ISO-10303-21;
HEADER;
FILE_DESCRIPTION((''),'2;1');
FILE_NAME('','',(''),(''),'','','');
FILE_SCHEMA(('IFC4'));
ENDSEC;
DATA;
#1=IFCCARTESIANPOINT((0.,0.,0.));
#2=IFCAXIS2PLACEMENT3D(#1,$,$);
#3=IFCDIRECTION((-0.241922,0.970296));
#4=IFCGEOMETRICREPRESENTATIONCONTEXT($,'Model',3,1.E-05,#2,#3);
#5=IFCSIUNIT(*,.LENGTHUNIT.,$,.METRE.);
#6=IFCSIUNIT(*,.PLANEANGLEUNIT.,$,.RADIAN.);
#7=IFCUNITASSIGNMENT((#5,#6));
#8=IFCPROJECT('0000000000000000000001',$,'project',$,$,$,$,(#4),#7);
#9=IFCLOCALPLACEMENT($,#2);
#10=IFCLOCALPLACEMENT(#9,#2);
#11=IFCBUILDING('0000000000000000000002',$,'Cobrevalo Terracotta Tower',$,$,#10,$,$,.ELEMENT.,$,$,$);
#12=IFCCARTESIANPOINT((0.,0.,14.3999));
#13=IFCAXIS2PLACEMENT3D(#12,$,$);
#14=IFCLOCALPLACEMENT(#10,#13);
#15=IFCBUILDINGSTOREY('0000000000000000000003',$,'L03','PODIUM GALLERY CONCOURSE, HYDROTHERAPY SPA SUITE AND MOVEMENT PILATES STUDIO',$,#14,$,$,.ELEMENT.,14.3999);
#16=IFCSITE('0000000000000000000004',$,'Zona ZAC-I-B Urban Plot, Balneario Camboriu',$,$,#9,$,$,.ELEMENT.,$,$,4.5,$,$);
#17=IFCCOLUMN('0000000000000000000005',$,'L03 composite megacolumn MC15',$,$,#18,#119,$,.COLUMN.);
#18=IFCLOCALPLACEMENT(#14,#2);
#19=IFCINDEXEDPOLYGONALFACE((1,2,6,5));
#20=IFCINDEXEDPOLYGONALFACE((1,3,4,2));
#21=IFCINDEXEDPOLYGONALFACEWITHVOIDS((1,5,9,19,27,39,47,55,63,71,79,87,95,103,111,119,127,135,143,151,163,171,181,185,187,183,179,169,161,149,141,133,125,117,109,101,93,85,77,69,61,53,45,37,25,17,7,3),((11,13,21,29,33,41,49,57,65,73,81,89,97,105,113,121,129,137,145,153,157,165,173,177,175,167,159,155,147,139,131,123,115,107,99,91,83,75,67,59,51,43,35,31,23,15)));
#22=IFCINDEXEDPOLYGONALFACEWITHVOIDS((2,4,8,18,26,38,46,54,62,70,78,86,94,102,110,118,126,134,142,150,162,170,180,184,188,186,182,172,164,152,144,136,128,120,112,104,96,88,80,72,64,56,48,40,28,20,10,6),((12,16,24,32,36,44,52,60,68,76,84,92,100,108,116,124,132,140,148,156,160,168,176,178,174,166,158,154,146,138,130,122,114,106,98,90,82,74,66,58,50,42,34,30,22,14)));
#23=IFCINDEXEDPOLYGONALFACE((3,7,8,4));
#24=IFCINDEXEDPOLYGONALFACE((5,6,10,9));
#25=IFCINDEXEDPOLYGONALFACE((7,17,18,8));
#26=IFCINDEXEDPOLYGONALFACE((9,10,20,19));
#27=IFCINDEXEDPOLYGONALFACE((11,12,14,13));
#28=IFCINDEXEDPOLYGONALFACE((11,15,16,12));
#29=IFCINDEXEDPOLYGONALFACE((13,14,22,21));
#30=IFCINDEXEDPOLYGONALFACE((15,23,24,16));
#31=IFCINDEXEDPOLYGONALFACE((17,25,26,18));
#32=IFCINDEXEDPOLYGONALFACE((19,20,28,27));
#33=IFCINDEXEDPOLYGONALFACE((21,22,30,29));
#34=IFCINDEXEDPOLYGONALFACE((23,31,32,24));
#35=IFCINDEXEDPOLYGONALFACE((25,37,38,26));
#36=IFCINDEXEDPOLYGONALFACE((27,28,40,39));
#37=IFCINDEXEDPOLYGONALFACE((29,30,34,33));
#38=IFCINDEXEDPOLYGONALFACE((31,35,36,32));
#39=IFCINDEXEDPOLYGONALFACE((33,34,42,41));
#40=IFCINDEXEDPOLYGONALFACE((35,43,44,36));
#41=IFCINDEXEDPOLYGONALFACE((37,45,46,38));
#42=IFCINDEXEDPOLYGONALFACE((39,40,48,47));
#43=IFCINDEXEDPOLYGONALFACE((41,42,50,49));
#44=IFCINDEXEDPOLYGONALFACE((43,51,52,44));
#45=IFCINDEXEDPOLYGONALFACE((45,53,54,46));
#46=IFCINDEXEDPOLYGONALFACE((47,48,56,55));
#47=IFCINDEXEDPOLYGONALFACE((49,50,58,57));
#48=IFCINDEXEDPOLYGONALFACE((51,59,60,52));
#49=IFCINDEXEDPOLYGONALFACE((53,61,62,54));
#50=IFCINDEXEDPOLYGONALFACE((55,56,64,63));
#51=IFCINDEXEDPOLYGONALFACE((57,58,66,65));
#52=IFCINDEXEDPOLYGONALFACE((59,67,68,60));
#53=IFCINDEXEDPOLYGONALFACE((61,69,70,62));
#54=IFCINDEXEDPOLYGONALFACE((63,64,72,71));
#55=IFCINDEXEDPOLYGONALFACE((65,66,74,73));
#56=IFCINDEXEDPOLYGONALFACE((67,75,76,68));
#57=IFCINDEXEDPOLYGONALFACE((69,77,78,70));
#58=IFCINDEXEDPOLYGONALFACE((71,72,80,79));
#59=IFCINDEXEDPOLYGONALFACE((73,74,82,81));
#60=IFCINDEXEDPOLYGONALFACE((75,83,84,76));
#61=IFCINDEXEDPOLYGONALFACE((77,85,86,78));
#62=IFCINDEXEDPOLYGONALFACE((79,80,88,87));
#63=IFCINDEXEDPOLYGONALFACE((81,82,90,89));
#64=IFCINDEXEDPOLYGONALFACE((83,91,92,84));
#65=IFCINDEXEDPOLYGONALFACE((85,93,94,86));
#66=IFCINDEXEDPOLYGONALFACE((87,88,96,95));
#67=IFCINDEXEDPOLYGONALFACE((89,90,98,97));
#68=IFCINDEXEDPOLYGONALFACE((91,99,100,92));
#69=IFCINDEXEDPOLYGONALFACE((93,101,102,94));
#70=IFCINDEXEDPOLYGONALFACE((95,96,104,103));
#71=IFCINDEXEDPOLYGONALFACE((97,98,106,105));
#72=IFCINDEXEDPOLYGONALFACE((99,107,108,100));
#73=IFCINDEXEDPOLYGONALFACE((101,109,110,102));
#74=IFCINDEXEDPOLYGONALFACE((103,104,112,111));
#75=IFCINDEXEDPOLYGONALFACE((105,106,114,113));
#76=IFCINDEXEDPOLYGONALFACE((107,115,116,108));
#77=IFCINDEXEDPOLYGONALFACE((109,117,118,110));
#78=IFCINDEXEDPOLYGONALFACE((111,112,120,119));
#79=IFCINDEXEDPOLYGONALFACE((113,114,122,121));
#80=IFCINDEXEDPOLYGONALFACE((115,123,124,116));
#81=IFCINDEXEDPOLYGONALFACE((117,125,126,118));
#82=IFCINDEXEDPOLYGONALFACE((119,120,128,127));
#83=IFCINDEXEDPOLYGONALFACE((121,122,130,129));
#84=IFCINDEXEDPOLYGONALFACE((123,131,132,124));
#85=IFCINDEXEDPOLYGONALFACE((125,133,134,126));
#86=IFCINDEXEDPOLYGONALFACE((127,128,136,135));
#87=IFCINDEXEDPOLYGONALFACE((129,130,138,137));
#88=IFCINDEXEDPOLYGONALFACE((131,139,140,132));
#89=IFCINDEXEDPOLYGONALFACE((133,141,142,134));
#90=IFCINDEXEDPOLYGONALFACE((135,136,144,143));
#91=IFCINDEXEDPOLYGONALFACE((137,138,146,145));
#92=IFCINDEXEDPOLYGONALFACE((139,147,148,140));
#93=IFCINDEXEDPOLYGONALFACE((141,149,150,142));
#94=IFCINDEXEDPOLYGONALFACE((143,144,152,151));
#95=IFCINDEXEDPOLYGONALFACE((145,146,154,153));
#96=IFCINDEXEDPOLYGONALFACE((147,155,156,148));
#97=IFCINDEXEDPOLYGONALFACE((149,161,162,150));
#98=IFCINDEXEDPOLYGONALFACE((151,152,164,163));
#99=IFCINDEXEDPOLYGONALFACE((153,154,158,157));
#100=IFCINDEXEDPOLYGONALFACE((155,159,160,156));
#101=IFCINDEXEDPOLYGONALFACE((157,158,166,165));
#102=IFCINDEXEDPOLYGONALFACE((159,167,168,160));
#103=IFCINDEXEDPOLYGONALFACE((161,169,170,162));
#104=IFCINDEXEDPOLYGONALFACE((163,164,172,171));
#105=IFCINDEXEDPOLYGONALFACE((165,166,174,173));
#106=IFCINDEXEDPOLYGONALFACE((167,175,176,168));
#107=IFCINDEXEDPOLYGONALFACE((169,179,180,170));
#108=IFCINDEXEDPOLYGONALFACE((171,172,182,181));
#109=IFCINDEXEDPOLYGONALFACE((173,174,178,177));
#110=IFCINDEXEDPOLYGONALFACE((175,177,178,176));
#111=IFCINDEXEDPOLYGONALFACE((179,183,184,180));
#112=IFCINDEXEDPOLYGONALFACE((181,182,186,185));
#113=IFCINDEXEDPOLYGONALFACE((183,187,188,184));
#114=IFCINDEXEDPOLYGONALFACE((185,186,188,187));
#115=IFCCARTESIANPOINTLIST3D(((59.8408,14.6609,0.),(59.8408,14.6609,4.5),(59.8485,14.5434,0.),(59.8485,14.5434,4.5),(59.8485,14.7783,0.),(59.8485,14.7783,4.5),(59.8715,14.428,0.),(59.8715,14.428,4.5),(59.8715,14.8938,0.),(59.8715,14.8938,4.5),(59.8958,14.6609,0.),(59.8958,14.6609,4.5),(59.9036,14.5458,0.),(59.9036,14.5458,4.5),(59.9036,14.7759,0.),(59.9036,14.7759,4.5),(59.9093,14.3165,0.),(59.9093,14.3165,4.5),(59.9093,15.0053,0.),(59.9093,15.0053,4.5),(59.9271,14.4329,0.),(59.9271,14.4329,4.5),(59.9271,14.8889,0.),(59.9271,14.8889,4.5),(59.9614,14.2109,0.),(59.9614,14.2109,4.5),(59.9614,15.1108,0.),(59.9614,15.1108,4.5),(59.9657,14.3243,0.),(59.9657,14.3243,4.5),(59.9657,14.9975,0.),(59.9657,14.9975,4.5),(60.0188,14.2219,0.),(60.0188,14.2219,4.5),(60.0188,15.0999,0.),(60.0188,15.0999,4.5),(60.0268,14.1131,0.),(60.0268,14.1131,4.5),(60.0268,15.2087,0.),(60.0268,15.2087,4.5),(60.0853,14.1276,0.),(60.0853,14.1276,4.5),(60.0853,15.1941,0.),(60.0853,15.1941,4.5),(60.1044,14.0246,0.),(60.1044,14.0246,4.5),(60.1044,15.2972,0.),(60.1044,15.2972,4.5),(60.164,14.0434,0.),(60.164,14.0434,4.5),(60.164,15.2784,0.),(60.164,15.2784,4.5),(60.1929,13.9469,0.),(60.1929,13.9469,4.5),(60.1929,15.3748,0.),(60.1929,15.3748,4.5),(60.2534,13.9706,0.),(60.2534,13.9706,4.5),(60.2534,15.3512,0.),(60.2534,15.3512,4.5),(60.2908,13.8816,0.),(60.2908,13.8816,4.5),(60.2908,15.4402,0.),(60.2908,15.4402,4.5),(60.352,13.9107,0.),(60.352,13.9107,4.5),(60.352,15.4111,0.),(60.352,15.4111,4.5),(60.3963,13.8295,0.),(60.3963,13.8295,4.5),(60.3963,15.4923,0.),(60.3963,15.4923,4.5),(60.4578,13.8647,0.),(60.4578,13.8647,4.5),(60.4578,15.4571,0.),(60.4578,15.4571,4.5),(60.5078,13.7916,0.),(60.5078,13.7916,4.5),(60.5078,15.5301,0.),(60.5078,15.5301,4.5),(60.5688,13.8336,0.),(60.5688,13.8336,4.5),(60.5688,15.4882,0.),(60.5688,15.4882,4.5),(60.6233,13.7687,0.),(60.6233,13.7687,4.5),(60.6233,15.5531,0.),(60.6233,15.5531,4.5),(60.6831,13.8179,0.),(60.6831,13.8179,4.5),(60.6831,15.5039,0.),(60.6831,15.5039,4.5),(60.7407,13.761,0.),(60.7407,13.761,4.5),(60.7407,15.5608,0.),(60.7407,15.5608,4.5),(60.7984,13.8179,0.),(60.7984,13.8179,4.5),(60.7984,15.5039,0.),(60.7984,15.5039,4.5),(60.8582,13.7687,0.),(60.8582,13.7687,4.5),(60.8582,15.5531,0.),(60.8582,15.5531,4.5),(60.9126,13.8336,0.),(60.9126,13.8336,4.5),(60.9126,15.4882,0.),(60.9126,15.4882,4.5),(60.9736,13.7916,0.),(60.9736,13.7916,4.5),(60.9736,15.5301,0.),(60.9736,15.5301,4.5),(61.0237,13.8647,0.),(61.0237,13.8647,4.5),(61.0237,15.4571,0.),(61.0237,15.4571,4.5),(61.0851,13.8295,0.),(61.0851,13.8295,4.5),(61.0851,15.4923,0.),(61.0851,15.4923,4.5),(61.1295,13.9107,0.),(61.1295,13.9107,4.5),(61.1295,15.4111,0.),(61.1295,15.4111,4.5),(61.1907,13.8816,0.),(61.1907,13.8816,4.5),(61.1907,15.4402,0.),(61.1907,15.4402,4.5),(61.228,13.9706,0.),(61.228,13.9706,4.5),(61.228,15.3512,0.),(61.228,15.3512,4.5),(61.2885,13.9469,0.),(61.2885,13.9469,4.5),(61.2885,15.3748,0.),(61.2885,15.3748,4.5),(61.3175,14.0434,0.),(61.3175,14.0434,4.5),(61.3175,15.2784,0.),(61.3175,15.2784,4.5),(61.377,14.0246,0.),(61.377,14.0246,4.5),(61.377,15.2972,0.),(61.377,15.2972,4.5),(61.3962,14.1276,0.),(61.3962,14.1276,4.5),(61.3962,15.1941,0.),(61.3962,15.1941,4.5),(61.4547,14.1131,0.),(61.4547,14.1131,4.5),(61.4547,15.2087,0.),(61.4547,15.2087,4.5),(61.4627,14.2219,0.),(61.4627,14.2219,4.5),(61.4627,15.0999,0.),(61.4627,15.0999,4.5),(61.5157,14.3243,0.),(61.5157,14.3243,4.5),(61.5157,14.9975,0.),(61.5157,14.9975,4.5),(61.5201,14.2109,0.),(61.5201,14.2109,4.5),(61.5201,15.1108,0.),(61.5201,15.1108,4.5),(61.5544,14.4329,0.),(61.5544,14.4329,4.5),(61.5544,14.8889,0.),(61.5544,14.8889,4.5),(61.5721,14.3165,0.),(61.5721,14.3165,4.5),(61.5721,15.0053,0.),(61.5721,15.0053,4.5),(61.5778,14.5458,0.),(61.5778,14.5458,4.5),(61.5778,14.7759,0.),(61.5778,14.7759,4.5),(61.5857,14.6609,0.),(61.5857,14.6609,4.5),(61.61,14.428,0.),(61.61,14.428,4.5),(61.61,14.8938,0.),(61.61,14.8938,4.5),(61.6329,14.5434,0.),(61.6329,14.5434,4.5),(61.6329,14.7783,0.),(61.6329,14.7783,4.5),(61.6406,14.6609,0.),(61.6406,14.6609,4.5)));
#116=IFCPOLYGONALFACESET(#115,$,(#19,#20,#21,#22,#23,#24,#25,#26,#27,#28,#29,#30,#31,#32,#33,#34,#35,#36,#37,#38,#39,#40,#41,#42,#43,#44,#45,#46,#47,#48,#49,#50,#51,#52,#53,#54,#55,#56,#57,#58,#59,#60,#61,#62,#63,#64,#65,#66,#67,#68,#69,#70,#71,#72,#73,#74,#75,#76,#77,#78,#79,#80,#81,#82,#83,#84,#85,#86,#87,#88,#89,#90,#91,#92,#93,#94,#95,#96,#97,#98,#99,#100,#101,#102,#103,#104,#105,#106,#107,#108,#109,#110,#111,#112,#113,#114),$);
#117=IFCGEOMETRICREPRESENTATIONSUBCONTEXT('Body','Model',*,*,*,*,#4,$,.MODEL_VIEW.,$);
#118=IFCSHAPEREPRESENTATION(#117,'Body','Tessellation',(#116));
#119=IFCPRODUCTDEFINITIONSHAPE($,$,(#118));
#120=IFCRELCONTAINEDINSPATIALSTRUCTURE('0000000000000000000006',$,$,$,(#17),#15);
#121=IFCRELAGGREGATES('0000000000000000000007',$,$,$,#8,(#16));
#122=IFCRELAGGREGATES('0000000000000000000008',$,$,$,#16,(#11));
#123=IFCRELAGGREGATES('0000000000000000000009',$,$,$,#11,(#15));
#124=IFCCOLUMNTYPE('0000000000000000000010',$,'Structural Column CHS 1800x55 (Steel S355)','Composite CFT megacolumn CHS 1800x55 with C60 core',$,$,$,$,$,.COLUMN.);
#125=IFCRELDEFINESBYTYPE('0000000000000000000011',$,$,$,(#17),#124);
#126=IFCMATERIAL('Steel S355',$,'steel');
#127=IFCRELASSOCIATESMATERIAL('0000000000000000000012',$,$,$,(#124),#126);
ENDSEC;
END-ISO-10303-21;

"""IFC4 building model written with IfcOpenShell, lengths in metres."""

from ifc_helpers import new_model, si_unit, direction, frame, origin, origin_2d, place, context, subcontext, project, spatial, hollow_circle, extrude, material, material_profile, profile_set, type_object, element, save


model = new_model("IFC4")

# Units and contexts
model_context = context("Model", 3, precision=1e-05, world=origin(), true_north=direction((-0.241922, 0.970296)))
body_context = subcontext(model_context, "Body", "Model", "MODEL_VIEW")
ifc_project = project(units=[si_unit("LENGTHUNIT", "METRE"), si_unit("PLANEANGLEUNIT", "RADIAN")], contexts=[model_context])

# Site, building, storey
site_placement = place(None, origin())
site = spatial("IfcSite", under=ifc_project, at=site_placement, Name="Zona ZAC-I-B Urban Plot, Balneario Camboriu", CompositionType="ELEMENT", RefElevation=4.5)
building_placement = place(site_placement, origin())
building = spatial("IfcBuilding", under=site, at=building_placement, Name="Cobrevalo Terracotta Tower", CompositionType="ELEMENT")
storey_placement = place(building_placement, frame((0.0, 0.0, 14.3999)))
storey = spatial("IfcBuildingStorey", under=building, at=storey_placement, Name="L03", Description="PODIUM GALLERY CONCOURSE, HYDROTHERAPY SPA SUITE AND MOVEMENT PILATES STUDIO", CompositionType="ELEMENT", Elevation=14.3999)

# Column
ifc_material_1 = material(Name="Steel S355", Category="steel")
ifc_material_profile_1 = material_profile(ifc_material_1, hollow_circle(Radius=0.8999, WallThickness=0.0549, at=origin_2d()), Name="CHS 1800x55")
ifc_profile_set_1 = profile_set([ifc_material_profile_1], Name="Steel S355")
column_type_1 = type_object("IfcColumnType", Name="Structural Column CHS 1800x55 (Steel S355)", Description="Composite CFT megacolumn CHS 1800x55 with C60 core", PredefinedType="COLUMN", material=ifc_profile_set_1)
for number, where, z_axis, x_axis, name in (
    (1, (60.7407, 14.6609, 0.0), (0.0, 0.0, 1.0), (1.0, 0.0, 0.0), "L03 composite megacolumn MC15"),
):
    element("IfcColumn", number, at=place(storey_placement, frame(where, z_axis=z_axis, x_axis=x_axis)), inside=storey, type_object=column_type_1, Name=name, PredefinedType="COLUMN", context=body_context, shape_type="SweptSolid", body=[
        extrude(hollow_circle(Radius=0.8999, WallThickness=0.0549, at=origin_2d()), origin(), (0.0, 0.0, 1.0), 4.5),
    ])

save(model, "model.ifc")
